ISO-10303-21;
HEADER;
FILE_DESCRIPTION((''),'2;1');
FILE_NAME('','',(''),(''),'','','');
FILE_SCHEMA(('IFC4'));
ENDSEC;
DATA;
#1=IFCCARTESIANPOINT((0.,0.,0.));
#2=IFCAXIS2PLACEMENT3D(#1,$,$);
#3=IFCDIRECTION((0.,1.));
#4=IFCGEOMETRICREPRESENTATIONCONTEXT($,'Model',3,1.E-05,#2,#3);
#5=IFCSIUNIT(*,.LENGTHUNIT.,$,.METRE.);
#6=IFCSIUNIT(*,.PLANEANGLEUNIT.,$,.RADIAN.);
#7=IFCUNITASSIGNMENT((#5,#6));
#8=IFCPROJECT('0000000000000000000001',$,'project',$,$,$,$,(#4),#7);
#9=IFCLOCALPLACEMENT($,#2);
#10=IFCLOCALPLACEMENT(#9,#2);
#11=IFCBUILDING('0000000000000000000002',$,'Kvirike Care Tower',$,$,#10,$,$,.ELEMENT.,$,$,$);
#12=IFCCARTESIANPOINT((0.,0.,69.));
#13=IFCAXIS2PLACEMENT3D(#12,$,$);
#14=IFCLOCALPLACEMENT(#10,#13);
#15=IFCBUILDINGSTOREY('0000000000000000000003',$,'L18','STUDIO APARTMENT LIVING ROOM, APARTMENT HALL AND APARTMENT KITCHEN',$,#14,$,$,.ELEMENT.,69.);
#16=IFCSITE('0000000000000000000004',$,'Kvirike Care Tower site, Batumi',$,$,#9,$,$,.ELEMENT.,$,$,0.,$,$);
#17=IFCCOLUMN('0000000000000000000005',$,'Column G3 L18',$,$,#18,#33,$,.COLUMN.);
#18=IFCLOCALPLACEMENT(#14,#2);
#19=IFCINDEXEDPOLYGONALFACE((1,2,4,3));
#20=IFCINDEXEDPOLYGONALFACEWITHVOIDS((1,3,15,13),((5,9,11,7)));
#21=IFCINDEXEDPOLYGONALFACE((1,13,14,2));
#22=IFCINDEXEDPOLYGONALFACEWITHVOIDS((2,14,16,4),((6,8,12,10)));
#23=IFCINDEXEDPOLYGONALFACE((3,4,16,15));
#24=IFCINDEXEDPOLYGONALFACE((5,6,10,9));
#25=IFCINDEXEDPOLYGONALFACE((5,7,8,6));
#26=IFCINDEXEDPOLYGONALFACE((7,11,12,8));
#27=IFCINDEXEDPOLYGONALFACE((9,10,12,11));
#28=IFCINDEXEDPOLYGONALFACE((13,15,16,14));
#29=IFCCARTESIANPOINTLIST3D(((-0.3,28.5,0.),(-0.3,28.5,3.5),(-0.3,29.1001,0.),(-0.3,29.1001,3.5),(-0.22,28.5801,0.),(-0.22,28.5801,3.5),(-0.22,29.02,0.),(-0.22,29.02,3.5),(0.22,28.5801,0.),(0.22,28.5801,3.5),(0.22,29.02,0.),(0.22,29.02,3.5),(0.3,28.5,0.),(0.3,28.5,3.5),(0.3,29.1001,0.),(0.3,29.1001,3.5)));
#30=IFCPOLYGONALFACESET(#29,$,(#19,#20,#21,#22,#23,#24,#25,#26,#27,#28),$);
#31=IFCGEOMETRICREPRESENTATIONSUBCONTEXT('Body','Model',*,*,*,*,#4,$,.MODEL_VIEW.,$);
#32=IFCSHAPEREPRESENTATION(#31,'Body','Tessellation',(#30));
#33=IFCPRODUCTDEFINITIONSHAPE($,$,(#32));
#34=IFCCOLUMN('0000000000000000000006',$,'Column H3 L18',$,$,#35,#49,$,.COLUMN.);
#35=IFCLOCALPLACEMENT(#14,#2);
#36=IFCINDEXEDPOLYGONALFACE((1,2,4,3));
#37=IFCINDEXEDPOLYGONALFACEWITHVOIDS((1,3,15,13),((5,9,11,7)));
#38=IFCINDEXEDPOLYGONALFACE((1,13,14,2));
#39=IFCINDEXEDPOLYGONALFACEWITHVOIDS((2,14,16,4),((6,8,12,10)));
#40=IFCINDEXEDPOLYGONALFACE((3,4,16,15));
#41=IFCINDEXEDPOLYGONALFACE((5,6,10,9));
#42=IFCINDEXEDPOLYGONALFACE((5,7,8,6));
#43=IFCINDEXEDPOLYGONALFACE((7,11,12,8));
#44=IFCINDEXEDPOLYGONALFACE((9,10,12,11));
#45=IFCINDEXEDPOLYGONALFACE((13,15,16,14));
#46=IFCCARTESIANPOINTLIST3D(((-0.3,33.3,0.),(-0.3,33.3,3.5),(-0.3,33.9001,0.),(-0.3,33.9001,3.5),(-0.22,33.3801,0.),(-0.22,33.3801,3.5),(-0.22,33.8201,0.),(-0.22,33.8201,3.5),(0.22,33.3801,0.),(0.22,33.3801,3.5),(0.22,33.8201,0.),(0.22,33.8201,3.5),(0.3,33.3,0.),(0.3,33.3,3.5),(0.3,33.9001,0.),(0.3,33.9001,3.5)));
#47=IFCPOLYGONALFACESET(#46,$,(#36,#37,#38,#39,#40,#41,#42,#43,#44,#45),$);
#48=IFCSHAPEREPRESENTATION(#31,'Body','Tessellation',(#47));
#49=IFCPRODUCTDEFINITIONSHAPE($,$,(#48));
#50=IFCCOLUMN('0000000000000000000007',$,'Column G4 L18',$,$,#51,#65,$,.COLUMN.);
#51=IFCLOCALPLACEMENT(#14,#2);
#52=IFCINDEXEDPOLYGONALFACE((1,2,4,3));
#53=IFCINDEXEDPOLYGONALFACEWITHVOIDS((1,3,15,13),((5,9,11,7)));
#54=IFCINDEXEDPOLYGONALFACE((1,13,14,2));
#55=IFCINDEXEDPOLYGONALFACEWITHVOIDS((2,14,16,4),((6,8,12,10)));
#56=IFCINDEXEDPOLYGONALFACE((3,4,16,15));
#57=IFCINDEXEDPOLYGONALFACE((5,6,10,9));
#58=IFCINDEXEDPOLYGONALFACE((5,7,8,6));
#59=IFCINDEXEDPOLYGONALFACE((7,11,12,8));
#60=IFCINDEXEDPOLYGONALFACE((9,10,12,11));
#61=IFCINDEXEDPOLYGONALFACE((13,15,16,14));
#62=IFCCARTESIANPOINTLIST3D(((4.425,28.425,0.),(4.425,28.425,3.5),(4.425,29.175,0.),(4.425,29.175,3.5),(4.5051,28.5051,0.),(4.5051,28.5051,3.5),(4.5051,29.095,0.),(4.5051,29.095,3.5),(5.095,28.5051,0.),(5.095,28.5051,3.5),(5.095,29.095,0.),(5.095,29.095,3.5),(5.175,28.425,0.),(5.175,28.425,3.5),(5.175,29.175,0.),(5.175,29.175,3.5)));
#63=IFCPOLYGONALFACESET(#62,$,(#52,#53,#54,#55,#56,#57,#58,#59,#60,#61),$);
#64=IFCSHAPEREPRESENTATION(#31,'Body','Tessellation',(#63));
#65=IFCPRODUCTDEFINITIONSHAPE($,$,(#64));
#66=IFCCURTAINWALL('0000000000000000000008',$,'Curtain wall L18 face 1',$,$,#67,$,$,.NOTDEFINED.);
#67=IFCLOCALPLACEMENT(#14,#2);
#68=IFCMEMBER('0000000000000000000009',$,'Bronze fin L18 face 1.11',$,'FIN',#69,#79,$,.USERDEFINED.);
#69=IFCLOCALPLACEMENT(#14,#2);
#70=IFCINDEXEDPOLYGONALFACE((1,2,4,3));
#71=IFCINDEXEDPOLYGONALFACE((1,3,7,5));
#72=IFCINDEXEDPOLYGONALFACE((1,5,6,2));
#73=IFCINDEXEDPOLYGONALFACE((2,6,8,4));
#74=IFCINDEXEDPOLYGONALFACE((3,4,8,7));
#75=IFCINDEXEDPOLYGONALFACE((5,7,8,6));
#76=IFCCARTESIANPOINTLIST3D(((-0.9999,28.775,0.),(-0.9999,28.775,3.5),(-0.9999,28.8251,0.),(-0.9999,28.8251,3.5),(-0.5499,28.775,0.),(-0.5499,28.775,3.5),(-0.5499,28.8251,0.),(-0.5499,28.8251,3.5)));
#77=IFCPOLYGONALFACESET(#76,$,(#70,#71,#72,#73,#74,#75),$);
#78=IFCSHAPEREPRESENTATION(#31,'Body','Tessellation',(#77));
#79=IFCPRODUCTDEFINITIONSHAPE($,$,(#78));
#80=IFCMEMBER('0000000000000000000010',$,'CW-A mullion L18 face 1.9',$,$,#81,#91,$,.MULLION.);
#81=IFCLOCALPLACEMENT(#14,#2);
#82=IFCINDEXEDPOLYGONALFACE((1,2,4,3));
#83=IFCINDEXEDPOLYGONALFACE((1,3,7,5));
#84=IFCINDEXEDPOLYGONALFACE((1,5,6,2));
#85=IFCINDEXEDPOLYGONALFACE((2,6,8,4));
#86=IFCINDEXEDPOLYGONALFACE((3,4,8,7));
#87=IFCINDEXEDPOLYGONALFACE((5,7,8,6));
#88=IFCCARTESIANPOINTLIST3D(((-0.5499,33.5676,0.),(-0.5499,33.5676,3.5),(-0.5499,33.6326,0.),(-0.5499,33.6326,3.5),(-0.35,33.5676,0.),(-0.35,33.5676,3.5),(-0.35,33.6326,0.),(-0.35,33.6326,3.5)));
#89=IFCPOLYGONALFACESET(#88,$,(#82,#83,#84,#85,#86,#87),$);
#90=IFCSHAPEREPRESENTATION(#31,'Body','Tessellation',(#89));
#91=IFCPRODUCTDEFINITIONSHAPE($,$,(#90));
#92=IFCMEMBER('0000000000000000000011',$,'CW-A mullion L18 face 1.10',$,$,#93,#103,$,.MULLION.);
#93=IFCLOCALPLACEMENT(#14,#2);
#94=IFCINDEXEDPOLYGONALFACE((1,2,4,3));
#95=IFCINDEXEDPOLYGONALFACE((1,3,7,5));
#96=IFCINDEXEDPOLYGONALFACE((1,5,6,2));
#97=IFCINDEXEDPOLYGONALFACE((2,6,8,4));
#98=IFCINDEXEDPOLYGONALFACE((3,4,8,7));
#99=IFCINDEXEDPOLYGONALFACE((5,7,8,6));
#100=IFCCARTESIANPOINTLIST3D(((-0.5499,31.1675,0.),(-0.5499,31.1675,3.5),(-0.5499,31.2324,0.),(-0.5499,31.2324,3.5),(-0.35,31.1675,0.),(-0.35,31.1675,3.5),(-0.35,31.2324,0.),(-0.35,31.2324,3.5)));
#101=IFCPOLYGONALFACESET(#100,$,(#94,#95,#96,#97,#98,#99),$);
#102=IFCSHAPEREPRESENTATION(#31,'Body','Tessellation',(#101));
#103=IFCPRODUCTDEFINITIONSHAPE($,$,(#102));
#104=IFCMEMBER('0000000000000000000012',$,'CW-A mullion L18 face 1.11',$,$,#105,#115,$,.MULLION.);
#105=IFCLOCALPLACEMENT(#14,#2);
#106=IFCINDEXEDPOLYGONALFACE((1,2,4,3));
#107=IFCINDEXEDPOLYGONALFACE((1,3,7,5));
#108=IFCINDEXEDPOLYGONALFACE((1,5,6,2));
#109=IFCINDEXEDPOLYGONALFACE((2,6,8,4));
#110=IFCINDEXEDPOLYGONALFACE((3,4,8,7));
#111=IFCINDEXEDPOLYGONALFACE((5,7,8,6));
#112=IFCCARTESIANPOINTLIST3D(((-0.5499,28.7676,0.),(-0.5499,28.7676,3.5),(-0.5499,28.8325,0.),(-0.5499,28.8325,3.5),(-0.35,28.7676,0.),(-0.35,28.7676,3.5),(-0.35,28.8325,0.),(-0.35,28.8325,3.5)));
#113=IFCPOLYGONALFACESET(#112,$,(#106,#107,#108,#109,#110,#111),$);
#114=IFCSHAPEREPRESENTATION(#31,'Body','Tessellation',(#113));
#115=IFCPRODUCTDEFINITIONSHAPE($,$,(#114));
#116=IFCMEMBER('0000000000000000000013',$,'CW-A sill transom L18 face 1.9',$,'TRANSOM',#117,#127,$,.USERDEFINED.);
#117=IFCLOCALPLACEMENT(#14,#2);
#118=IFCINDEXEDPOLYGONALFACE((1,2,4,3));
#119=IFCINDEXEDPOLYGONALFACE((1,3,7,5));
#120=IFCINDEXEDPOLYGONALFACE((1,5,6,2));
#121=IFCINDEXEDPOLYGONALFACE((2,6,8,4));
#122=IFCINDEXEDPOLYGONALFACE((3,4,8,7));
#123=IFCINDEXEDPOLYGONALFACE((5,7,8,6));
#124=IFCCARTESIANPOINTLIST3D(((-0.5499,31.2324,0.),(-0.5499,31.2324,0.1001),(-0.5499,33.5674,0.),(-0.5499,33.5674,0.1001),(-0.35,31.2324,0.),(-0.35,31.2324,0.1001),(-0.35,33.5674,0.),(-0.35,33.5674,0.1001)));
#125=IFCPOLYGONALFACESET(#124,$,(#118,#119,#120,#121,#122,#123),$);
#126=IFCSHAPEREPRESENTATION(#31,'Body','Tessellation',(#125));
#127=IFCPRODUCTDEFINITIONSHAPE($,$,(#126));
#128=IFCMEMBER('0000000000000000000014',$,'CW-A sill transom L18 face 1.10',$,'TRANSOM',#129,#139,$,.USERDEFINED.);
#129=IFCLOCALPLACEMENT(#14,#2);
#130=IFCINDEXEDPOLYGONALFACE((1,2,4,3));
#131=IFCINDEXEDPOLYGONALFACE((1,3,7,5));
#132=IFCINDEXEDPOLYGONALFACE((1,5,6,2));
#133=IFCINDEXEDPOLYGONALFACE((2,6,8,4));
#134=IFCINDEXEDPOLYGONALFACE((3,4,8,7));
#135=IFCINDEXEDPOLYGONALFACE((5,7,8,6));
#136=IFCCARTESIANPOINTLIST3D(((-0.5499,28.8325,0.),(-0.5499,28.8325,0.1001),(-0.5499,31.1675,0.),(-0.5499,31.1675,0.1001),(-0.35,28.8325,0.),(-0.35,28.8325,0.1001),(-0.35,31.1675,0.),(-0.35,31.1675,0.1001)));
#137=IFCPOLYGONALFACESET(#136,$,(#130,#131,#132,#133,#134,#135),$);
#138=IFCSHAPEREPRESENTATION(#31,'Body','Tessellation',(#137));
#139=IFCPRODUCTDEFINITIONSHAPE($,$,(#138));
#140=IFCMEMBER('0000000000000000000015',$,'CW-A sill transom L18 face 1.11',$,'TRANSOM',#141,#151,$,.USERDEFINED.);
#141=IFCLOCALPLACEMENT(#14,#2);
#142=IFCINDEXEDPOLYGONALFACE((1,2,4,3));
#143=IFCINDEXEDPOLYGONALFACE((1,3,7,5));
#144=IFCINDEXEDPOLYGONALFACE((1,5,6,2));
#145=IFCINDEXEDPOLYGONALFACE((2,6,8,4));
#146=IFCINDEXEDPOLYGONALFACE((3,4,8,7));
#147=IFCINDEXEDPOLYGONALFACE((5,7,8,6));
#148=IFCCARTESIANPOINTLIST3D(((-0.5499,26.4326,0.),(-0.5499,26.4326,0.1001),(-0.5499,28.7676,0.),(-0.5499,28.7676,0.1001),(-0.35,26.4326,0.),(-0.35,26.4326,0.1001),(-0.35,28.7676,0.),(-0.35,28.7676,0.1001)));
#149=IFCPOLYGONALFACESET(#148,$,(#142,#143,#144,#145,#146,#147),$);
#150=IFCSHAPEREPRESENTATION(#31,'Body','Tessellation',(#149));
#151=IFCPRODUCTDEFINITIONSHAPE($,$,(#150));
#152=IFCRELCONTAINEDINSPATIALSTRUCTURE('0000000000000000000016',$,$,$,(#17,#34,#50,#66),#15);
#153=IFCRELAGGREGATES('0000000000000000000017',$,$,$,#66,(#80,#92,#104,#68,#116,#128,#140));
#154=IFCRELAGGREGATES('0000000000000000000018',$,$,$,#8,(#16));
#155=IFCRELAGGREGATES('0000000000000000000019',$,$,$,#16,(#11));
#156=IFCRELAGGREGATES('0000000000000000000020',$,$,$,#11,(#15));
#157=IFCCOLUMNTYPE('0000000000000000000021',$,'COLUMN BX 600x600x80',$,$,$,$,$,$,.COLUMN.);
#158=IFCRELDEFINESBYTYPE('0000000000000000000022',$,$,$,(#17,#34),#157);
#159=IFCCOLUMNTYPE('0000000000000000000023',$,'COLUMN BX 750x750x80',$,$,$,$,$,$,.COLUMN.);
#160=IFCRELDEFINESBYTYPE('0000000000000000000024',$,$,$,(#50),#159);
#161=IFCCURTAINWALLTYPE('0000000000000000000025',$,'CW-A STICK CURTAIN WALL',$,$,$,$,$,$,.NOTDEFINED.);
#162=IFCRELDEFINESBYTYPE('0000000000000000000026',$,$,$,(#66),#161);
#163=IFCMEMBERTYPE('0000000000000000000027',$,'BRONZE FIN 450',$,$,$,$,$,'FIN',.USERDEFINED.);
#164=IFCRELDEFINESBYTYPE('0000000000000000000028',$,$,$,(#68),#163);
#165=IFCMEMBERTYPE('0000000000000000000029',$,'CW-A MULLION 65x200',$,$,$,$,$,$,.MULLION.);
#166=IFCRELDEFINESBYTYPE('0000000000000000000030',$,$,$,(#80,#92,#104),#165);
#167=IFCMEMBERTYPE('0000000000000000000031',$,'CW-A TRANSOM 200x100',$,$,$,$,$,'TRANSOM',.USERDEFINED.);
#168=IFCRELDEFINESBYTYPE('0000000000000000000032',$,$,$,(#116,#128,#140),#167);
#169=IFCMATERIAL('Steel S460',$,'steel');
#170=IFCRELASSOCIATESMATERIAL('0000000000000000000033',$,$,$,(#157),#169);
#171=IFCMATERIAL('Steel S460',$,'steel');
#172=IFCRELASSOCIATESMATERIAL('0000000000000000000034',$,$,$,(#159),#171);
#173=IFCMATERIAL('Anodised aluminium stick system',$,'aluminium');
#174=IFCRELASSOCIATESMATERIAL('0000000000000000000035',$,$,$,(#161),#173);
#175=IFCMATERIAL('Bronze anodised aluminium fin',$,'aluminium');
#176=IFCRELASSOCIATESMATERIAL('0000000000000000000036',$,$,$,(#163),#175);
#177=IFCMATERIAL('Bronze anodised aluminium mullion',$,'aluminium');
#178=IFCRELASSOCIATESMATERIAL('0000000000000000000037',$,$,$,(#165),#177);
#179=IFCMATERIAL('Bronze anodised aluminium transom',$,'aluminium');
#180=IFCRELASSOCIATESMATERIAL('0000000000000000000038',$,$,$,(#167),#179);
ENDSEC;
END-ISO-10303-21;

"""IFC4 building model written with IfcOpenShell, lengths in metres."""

from ifc_helpers import new_model, si_unit, direction, frame, origin, origin_2d, place, context, subcontext, project, spatial, rectangle, hollow_rectangle, extrude, material, material_profile, profile_set, type_object, element, aggregate, save


model = new_model("IFC4")

# Units and contexts
model_context = context("Model", 3, precision=1e-05, world=origin(), true_north=direction((0.0, 1.0)))
body_context = subcontext(model_context, "Body", "Model", "MODEL_VIEW")
ifc_project = project(units=[si_unit("LENGTHUNIT", "METRE"), si_unit("PLANEANGLEUNIT", "RADIAN")], contexts=[model_context])

# Site, building, storey
site_placement = place(None, origin())
site = spatial("IfcSite", under=ifc_project, at=site_placement, Name="Kvirike Care Tower site, Batumi", CompositionType="ELEMENT", RefElevation=0.0)
building_placement = place(site_placement, origin())
building = spatial("IfcBuilding", under=site, at=building_placement, Name="Kvirike Care Tower", CompositionType="ELEMENT")
storey_placement = place(building_placement, frame((0.0, 0.0, 69.0)))
storey = spatial("IfcBuildingStorey", under=building, at=storey_placement, Name="L18", Description="STUDIO APARTMENT LIVING ROOM, APARTMENT HALL AND APARTMENT KITCHEN", CompositionType="ELEMENT", Elevation=69.0)

# Columns
ifc_material_1 = material(Name="Steel S460", Category="steel")
ifc_material_profile_1 = material_profile(ifc_material_1, hollow_rectangle(XDim=0.6001, YDim=0.6001, WallThickness=0.0801, at=origin_2d()), Name="BX 600x600x80")
ifc_profile_set_1 = profile_set([ifc_material_profile_1], Name="Steel S460")
column_type_1 = type_object("IfcColumnType", Name="COLUMN BX 600x600x80", PredefinedType="COLUMN", material=ifc_profile_set_1)
for number, where, z_axis, x_axis, name in (
    (1, (0.0, 28.8, 0.0), (0.0, 0.0, 1.0), (0.0, 1.0, 0.0), "Column G3 L18"),
    (2, (0.0, 33.6001, 0.0), (0.0, 0.0, 1.0), (1.0, 0.0, 0.0), "Column H3 L18"),
):
    element("IfcColumn", number, at=place(storey_placement, frame(where, z_axis=z_axis, x_axis=x_axis)), inside=storey, type_object=column_type_1, Name=name, PredefinedType="COLUMN", context=body_context, shape_type="SweptSolid", body=[
        extrude(hollow_rectangle(XDim=0.6001, YDim=0.6001, WallThickness=0.0801, at=origin_2d()), origin(), (0.0, 0.0, 1.0), 3.5),
    ])
ifc_material_2 = material(Name="Steel S460", Category="steel")
ifc_material_profile_2 = material_profile(ifc_material_2, hollow_rectangle(XDim=0.75, YDim=0.75, WallThickness=0.0801, at=origin_2d()), Name="BX 750x750x80")
ifc_profile_set_2 = profile_set([ifc_material_profile_2], Name="Steel S460")
column_type_2 = type_object("IfcColumnType", Name="COLUMN BX 750x750x80", PredefinedType="COLUMN", material=ifc_profile_set_2)
column_placement = place(storey_placement, frame((4.8, 28.8, 0.0), z_axis=(0.0, 0.0, 1.0), x_axis=(0.0, 1.0, 0.0)))
element("IfcColumn", 3, at=column_placement, inside=storey, type_object=column_type_2, Name="Column G4 L18", PredefinedType="COLUMN", context=body_context, shape_type="SweptSolid", body=[
    extrude(hollow_rectangle(XDim=0.75, YDim=0.75, WallThickness=0.0801, at=origin_2d()), origin(), (0.0, 0.0, 1.0), 3.5),
])

# Curtain wall, members
ifc_material_3 = material(Name="Anodised aluminium stick system", Category="aluminium")
curtain_wall_type = type_object("IfcCurtainWallType", Name="CW-A STICK CURTAIN WALL", PredefinedType="NOTDEFINED", material=ifc_material_3)
curtain_wall_placement = place(storey_placement, origin())
curtain_wall = element("IfcCurtainWall", 4, at=curtain_wall_placement, inside=storey, type_object=curtain_wall_type, Name="Curtain wall L18 face 1", PredefinedType="NOTDEFINED")
ifc_material_4 = material(Name="Bronze anodised aluminium fin", Category="aluminium")
ifc_material_profile_3 = material_profile(ifc_material_4, rectangle(XDim=0.05, YDim=0.45, at=origin_2d()), Name="BRONZE FIN 450")
ifc_profile_set_3 = profile_set([ifc_material_profile_3], Name="Bronze anodised aluminium fin")
member_type_1 = type_object("IfcMemberType", Name="BRONZE FIN 450", ElementType="FIN", PredefinedType="USERDEFINED", material=ifc_profile_set_3)
member_1_placement = place(storey_placement, frame((-0.7749, 28.8, 0.0), z_axis=(0.0, 0.0, 1.0), x_axis=(0.0, -1.0, 0.0)))
member_1 = element("IfcMember", 5, at=member_1_placement, type_object=member_type_1, Name="Bronze fin L18 face 1.11", ObjectType="FIN", PredefinedType="USERDEFINED", context=body_context, shape_type="SweptSolid", body=[
    extrude(rectangle(XDim=0.05, YDim=0.45, at=origin_2d()), origin(), (0.0, 0.0, 1.0), 3.5),
])
ifc_material_5 = material(Name="Bronze anodised aluminium mullion", Category="aluminium")
ifc_material_profile_4 = material_profile(ifc_material_5, rectangle(XDim=0.0649, YDim=0.2, at=origin_2d()), Name="CW-A MULLION 65x200")
ifc_profile_set_4 = profile_set([ifc_material_profile_4], Name="Bronze anodised aluminium mullion")
member_type_2 = type_object("IfcMemberType", Name="CW-A MULLION 65x200", PredefinedType="MULLION", material=ifc_profile_set_4)
member_2_placement = place(storey_placement, frame((-0.45, 33.6001, 0.0), z_axis=(0.0, 0.0, 1.0), x_axis=(0.0, -1.0, 0.0)))
member_2 = element("IfcMember", 6, at=member_2_placement, type_object=member_type_2, Name="CW-A mullion L18 face 1.9", PredefinedType="MULLION", context=body_context, shape_type="SweptSolid", body=[
    extrude(rectangle(XDim=0.0649, YDim=0.2, at=origin_2d()), origin(), (0.0, 0.0, 1.0), 3.5),
])
member_3_placement = place(storey_placement, frame((-0.45, 31.2, 0.0), z_axis=(0.0, 0.0, 1.0), x_axis=(0.0, -1.0, 0.0)))
member_3 = element("IfcMember", 7, at=member_3_placement, type_object=member_type_2, Name="CW-A mullion L18 face 1.10", PredefinedType="MULLION", context=body_context, shape_type="SweptSolid", body=[
    extrude(rectangle(XDim=0.0649, YDim=0.2, at=origin_2d()), origin(), (0.0, 0.0, 1.0), 3.5),
])
member_4_placement = place(storey_placement, frame((-0.45, 28.8, 0.0), z_axis=(0.0, 0.0, 1.0), x_axis=(0.0, -1.0, 0.0)))
member_4 = element("IfcMember", 8, at=member_4_placement, type_object=member_type_2, Name="CW-A mullion L18 face 1.11", PredefinedType="MULLION", context=body_context, shape_type="SweptSolid", body=[
    extrude(rectangle(XDim=0.0649, YDim=0.2, at=origin_2d()), origin(), (0.0, 0.0, 1.0), 3.5),
])
ifc_material_6 = material(Name="Bronze anodised aluminium transom", Category="aluminium")
ifc_material_profile_5 = material_profile(ifc_material_6, rectangle(XDim=0.2, YDim=0.1001, at=origin_2d()), Name="CW-A TRANSOM 200x100")
ifc_profile_set_5 = profile_set([ifc_material_profile_5], Name="Bronze anodised aluminium transom")
member_type_3 = type_object("IfcMemberType", Name="CW-A TRANSOM 200x100", ElementType="TRANSOM", PredefinedType="USERDEFINED", material=ifc_profile_set_5)
member_5_placement = place(storey_placement, frame((-0.45, 33.5674, 0.05), z_axis=(0.0, -1.0, 0.0), x_axis=(1.0, 0.0, 0.0)))
member_5 = element("IfcMember", 9, at=member_5_placement, type_object=member_type_3, Name="CW-A sill transom L18 face 1.9", ObjectType="TRANSOM", PredefinedType="USERDEFINED", context=body_context, shape_type="SweptSolid", body=[
    extrude(rectangle(XDim=0.2, YDim=0.1001, at=origin_2d()), origin(), (0.0, 0.0, 1.0), 2.335),
])
member_6_placement = place(storey_placement, frame((-0.45, 31.1675, 0.05), z_axis=(0.0, -1.0, 0.0), x_axis=(1.0, 0.0, 0.0)))
member_6 = element("IfcMember", 10, at=member_6_placement, type_object=member_type_3, Name="CW-A sill transom L18 face 1.10", ObjectType="TRANSOM", PredefinedType="USERDEFINED", context=body_context, shape_type="SweptSolid", body=[
    extrude(rectangle(XDim=0.2, YDim=0.1001, at=origin_2d()), origin(), (0.0, 0.0, 1.0), 2.335),
])
member_7_placement = place(storey_placement, frame((-0.45, 28.7676, 0.05), z_axis=(0.0, -1.0, 0.0), x_axis=(1.0, 0.0, 0.0)))
member_7 = element("IfcMember", 11, at=member_7_placement, type_object=member_type_3, Name="CW-A sill transom L18 face 1.11", ObjectType="TRANSOM", PredefinedType="USERDEFINED", context=body_context, shape_type="SweptSolid", body=[
    extrude(rectangle(XDim=0.2, YDim=0.1001, at=origin_2d()), origin(), (0.0, 0.0, 1.0), 2.335),
])

aggregate(curtain_wall, [member_2, member_3, member_4, member_1, member_5, member_6, member_7])

save(model, "model.ifc")
